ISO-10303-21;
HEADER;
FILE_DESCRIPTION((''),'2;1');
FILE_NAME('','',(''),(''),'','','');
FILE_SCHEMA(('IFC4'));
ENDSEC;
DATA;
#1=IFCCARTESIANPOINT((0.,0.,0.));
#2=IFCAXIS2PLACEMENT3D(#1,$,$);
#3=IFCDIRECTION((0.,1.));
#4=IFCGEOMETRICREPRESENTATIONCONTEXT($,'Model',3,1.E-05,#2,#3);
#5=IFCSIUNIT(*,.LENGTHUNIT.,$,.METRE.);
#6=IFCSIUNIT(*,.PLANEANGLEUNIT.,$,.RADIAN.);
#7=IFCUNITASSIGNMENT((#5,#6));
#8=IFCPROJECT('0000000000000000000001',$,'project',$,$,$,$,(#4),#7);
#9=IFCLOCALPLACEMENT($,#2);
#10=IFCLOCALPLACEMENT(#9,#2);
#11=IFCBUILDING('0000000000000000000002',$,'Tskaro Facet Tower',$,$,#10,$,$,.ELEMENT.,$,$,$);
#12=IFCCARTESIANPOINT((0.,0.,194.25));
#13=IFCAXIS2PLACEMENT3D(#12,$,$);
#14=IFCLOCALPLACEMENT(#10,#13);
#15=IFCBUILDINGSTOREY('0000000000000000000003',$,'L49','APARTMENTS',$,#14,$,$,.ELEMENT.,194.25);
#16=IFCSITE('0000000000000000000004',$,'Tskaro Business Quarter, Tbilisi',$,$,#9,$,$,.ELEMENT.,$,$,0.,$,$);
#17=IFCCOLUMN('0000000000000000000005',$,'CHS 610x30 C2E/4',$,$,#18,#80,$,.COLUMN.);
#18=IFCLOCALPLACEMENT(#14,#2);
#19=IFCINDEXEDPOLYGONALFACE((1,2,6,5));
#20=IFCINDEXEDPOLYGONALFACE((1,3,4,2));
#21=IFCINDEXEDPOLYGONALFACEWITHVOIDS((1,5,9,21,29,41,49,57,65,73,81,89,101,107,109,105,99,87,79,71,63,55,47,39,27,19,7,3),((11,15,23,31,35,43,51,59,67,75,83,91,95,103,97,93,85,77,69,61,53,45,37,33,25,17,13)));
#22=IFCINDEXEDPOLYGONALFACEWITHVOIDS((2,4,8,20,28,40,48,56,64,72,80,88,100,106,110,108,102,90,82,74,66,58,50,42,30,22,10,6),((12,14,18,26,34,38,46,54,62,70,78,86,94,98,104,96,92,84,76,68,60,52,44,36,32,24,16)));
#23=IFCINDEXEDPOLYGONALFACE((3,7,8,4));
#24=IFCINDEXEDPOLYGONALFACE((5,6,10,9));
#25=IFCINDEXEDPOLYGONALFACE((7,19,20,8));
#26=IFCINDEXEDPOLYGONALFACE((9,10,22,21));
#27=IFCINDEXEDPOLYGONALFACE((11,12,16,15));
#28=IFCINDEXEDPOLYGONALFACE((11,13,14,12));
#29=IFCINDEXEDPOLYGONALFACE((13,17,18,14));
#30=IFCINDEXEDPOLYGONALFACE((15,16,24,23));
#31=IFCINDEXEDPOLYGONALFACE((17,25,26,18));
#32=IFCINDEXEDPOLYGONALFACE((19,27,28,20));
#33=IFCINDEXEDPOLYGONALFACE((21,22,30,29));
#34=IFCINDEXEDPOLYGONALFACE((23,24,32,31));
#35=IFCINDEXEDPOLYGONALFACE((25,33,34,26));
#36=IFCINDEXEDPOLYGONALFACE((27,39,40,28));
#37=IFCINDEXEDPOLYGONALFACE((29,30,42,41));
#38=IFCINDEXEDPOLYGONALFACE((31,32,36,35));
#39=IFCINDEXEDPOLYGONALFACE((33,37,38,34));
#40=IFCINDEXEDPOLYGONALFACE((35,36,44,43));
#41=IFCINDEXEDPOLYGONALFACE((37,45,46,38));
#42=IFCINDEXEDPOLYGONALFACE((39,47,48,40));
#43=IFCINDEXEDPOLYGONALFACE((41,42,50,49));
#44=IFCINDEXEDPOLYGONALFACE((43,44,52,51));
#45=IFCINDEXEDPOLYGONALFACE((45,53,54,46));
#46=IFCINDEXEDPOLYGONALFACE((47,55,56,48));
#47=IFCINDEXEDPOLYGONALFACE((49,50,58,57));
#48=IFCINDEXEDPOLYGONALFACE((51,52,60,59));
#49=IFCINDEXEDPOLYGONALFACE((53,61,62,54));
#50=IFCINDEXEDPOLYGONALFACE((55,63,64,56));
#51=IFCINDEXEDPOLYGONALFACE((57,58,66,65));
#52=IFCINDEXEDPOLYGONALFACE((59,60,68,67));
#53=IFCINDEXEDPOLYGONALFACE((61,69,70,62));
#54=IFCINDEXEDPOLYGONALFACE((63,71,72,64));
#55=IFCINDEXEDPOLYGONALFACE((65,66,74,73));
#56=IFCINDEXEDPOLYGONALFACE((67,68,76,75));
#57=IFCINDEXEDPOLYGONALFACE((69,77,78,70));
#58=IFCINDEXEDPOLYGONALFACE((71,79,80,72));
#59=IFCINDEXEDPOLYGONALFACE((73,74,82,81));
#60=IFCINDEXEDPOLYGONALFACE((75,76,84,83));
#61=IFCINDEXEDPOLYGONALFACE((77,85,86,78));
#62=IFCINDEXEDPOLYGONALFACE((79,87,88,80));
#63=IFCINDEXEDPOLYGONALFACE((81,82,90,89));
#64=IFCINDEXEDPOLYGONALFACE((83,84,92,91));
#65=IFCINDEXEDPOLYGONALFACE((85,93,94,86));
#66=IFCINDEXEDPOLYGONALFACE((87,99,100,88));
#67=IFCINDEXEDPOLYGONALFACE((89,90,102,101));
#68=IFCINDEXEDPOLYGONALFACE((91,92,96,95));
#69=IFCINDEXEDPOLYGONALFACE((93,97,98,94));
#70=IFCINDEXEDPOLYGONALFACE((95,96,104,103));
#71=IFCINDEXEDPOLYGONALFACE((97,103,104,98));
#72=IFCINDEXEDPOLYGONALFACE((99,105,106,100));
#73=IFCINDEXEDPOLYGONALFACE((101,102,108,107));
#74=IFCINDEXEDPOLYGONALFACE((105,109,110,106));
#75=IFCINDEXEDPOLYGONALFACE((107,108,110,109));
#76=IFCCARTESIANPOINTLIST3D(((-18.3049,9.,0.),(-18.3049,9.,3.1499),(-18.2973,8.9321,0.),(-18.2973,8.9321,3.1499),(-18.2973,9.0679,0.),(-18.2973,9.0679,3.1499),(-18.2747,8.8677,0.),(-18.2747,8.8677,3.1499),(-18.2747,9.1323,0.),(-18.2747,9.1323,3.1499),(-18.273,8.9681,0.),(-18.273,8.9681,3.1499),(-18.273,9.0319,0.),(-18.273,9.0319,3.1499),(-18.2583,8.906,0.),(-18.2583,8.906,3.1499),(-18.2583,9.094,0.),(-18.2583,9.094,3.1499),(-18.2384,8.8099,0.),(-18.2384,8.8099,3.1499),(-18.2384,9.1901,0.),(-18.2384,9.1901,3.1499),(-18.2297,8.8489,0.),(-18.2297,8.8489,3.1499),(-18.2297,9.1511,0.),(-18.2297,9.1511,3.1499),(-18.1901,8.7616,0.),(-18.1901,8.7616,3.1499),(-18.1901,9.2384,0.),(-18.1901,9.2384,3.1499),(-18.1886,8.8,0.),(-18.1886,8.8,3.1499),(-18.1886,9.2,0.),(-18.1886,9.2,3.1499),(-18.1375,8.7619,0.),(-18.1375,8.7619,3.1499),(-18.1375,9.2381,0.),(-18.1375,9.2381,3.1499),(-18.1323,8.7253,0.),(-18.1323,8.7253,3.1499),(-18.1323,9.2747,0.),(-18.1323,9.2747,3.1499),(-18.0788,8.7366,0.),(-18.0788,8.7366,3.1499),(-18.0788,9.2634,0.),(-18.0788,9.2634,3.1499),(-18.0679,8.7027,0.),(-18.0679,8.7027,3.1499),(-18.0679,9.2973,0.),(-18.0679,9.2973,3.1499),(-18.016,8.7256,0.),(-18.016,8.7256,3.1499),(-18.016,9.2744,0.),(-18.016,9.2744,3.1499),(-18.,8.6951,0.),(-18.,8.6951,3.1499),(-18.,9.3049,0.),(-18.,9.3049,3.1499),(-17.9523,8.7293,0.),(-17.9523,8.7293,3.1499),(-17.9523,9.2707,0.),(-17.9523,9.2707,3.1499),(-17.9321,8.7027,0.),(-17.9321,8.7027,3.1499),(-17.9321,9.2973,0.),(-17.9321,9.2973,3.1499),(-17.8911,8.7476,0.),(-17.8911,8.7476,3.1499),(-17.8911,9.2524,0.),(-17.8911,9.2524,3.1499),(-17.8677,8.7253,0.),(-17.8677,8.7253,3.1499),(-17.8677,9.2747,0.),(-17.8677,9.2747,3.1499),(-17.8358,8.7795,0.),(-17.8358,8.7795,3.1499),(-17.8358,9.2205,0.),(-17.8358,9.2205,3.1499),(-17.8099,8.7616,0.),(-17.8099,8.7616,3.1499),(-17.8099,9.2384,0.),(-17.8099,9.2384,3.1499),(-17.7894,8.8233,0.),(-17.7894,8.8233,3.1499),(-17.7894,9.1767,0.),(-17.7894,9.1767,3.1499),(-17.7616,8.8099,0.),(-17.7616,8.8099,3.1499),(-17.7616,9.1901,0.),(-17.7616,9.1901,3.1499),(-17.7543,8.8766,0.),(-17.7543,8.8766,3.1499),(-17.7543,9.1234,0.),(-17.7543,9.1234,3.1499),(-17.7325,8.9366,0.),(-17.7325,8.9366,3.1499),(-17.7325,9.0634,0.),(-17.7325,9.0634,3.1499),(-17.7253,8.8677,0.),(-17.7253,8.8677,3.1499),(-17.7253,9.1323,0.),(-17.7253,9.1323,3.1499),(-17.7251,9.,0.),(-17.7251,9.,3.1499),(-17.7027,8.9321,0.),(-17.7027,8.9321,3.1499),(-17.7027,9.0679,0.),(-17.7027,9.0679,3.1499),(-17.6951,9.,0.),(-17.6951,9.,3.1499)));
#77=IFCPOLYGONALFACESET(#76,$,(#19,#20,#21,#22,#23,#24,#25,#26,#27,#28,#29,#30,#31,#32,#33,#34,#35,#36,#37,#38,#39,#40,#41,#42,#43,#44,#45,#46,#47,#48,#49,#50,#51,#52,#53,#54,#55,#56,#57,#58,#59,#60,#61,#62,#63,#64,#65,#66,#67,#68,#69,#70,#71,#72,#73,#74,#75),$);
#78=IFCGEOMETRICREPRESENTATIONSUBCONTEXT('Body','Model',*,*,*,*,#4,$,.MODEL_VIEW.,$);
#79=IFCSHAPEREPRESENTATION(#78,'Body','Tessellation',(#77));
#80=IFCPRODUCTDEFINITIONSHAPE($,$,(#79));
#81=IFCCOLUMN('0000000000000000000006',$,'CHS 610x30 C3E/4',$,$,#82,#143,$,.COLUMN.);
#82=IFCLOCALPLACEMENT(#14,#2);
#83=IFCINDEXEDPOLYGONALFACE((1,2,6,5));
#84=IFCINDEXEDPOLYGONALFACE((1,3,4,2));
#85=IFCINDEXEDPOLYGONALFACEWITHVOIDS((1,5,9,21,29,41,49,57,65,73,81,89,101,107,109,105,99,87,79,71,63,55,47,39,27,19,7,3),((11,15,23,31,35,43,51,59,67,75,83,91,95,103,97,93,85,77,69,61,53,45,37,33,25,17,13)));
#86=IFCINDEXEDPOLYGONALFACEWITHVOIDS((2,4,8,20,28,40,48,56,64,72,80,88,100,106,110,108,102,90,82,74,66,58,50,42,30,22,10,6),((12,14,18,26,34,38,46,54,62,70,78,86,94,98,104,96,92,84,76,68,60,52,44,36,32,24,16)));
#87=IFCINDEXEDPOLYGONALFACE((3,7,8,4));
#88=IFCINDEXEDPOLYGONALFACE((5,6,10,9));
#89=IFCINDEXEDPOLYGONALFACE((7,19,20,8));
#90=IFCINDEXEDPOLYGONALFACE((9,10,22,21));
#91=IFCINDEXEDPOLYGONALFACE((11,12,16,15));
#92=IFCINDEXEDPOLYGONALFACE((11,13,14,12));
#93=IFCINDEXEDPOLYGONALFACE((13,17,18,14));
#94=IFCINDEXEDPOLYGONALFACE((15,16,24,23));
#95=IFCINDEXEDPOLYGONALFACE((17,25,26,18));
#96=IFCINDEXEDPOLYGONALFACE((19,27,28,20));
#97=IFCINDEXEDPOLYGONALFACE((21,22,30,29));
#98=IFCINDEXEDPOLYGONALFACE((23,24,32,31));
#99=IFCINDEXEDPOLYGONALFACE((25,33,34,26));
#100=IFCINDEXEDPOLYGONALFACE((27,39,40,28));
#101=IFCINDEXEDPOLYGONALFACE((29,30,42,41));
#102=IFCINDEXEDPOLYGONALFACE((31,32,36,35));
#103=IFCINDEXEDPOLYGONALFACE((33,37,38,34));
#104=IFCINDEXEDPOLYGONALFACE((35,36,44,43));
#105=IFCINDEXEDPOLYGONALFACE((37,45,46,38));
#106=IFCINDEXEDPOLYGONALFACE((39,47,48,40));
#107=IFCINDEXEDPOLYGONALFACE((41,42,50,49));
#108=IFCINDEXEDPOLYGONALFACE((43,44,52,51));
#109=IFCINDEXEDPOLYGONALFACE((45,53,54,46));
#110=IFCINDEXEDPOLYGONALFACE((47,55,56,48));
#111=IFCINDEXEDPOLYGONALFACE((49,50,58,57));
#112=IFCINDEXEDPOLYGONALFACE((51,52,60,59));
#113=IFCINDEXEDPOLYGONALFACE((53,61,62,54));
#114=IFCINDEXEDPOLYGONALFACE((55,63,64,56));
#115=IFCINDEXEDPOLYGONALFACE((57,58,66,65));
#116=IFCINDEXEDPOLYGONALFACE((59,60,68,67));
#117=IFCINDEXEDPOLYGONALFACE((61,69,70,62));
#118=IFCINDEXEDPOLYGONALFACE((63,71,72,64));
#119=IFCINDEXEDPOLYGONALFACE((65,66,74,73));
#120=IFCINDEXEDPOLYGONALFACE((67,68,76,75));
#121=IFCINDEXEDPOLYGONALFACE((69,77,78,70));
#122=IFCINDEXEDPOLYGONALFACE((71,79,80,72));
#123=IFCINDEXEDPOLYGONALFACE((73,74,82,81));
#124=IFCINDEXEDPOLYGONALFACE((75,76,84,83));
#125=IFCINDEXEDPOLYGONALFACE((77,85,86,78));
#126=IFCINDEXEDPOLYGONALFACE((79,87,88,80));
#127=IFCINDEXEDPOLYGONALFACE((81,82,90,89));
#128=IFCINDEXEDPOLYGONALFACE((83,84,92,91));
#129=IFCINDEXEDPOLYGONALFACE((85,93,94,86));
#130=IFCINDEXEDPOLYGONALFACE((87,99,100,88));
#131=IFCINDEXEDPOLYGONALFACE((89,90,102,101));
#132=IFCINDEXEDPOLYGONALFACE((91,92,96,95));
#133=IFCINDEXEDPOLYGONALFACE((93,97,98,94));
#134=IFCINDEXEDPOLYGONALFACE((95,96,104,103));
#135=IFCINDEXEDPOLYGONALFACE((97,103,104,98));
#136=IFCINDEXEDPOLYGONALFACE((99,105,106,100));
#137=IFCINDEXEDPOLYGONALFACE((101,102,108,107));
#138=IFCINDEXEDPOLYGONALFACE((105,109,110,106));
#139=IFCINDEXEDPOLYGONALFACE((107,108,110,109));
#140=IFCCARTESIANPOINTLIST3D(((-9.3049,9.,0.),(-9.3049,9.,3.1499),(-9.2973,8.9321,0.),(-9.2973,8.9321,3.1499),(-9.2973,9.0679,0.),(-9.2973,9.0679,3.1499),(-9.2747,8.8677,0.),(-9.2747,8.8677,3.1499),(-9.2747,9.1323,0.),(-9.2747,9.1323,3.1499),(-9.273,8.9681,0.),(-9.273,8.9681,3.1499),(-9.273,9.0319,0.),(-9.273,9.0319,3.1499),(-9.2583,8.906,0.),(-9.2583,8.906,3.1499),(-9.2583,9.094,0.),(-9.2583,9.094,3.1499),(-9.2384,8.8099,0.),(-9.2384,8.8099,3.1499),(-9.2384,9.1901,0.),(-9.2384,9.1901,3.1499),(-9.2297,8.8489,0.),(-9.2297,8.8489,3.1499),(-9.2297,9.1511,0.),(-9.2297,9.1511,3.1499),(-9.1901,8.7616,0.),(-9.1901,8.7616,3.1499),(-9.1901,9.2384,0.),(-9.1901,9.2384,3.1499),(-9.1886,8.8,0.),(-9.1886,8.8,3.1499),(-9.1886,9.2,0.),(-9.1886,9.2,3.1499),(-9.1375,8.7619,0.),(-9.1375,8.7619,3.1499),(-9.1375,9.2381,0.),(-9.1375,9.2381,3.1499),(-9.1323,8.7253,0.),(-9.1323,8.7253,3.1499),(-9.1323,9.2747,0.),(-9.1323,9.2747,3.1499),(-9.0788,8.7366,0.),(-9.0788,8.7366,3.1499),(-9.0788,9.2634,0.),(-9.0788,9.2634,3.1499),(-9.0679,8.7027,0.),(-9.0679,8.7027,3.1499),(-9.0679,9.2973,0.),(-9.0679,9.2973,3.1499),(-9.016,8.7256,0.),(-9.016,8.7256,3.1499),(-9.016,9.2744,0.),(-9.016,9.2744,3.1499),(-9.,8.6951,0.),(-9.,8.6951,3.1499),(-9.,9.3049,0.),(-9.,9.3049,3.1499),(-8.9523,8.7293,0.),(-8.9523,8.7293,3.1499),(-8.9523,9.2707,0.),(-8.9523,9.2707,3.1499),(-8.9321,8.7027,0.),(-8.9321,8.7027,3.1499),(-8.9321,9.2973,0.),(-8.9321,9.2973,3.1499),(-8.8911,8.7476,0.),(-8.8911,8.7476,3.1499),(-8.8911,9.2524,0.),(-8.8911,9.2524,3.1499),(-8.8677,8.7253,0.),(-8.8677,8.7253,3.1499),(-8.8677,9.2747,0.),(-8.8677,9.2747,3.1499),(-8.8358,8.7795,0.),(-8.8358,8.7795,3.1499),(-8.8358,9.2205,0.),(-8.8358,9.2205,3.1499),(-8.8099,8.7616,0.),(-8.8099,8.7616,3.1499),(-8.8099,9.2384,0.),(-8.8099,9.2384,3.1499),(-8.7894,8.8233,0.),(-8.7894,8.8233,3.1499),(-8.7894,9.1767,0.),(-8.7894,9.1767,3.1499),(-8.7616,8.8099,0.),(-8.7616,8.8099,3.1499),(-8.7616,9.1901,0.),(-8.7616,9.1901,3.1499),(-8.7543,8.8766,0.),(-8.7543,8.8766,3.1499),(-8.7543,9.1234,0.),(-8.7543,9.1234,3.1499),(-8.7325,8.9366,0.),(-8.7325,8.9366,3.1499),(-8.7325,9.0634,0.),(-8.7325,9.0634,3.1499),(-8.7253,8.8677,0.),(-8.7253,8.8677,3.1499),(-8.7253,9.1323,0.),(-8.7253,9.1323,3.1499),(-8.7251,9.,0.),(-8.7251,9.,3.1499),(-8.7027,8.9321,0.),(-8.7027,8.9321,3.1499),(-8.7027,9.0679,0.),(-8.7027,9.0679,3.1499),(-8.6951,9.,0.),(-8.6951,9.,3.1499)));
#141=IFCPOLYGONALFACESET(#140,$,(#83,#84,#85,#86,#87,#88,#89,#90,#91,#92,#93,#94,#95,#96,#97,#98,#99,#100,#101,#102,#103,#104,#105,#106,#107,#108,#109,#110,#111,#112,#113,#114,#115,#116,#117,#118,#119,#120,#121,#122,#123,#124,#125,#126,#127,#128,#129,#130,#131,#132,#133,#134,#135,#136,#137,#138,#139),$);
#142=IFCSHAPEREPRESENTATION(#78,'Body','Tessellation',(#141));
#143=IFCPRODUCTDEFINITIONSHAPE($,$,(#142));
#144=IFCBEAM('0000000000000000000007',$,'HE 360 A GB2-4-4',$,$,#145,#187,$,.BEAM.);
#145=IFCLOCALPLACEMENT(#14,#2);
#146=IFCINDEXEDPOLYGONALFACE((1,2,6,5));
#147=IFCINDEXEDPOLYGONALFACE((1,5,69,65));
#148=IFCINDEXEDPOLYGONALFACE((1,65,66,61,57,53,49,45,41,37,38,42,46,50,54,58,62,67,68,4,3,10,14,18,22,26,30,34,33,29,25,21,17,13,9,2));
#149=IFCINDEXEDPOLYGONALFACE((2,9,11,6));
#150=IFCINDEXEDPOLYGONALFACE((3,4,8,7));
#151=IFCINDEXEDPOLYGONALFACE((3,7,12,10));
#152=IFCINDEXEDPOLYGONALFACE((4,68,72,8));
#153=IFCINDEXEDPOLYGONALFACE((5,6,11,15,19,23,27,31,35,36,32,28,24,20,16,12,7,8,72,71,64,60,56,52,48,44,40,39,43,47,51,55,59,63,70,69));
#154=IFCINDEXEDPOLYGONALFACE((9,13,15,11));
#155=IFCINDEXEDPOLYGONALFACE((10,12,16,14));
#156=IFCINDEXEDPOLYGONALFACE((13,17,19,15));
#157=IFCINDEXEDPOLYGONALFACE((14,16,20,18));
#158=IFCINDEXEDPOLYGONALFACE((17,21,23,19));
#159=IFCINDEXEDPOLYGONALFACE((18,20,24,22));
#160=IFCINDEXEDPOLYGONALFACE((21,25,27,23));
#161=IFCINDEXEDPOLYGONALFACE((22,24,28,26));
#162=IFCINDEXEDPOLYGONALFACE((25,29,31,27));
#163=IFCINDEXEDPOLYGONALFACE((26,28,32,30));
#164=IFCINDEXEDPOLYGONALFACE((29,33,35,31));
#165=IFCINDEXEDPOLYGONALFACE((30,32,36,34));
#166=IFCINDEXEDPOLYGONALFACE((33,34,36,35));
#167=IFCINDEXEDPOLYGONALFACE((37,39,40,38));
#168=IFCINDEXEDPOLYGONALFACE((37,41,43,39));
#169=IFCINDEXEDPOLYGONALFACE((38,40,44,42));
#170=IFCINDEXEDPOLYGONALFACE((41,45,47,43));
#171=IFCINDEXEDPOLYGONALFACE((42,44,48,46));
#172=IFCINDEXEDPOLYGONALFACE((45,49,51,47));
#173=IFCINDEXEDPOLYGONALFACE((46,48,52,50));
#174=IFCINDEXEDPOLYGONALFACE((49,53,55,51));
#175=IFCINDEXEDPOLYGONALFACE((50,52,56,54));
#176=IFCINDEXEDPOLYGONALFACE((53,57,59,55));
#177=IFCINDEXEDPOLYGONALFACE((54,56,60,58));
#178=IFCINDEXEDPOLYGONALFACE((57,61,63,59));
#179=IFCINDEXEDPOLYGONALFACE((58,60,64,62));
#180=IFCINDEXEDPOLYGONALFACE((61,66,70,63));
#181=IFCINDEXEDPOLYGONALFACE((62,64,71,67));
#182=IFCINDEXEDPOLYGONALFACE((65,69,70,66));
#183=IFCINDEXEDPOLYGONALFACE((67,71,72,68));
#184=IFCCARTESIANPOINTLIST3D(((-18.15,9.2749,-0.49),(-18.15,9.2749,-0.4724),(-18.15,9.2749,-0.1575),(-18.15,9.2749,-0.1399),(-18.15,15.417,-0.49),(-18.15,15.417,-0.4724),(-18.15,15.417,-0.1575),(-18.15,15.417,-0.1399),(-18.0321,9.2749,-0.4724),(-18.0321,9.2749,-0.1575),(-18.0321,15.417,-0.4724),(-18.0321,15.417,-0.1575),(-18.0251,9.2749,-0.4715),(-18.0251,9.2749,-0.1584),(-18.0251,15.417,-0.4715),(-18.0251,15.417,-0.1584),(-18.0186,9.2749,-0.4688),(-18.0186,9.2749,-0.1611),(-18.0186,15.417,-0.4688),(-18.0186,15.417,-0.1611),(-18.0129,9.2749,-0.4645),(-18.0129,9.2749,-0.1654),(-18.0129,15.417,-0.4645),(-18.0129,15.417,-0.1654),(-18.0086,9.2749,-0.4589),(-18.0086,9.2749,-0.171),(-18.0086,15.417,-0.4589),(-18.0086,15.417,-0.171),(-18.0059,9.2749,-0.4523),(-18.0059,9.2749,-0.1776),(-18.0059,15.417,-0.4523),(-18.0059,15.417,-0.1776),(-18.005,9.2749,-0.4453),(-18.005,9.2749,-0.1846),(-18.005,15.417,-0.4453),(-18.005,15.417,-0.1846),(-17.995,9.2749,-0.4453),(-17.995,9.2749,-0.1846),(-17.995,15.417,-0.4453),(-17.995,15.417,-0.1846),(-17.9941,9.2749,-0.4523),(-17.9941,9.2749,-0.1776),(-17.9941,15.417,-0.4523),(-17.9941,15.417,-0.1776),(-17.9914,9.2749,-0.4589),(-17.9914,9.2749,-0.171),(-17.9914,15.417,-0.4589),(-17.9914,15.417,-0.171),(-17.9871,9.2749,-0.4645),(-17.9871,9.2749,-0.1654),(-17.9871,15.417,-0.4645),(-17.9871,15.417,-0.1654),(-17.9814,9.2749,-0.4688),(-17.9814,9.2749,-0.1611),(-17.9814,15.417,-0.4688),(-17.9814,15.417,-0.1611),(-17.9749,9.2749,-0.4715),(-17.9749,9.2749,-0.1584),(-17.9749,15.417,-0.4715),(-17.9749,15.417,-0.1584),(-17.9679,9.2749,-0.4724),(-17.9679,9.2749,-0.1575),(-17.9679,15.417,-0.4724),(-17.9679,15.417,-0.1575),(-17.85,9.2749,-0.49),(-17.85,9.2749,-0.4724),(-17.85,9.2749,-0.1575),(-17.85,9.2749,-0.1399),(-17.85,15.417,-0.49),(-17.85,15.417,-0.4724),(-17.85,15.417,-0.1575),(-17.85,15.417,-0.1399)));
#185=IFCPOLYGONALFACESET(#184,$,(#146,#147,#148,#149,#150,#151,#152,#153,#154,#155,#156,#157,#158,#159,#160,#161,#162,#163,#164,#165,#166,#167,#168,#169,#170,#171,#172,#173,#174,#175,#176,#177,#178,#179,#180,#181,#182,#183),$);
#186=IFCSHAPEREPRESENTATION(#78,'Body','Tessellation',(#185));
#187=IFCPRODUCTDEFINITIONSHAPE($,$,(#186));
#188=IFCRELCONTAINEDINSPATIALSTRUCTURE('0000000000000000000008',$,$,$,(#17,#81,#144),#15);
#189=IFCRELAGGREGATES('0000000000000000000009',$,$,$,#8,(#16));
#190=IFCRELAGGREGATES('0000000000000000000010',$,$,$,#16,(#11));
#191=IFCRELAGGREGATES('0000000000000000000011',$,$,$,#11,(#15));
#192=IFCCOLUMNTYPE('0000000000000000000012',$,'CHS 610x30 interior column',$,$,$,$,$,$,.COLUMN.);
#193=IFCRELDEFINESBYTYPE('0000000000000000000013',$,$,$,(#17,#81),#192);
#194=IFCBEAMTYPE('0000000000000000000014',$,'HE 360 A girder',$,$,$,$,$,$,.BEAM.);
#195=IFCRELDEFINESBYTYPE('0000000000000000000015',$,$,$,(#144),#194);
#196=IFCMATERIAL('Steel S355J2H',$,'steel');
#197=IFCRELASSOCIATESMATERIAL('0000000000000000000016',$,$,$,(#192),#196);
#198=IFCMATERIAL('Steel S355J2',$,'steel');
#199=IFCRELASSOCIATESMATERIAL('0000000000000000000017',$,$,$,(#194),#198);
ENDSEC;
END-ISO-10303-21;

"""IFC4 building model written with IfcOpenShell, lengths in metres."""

from ifc_helpers import new_model, si_unit, direction, frame, origin, origin_2d, place, context, subcontext, project, spatial, hollow_circle, i_section, extrude, material, material_profile, profile_set, type_object, element, save


model = new_model("IFC4")

# Units and contexts
model_context = context("Model", 3, precision=1e-05, world=origin(), true_north=direction((0.0, 1.0)))
body_context = subcontext(model_context, "Body", "Model", "MODEL_VIEW")
ifc_project = project(units=[si_unit("LENGTHUNIT", "METRE"), si_unit("PLANEANGLEUNIT", "RADIAN")], contexts=[model_context])

# Site, building, storey
site_placement = place(None, origin())
site = spatial("IfcSite", under=ifc_project, at=site_placement, Name="Tskaro Business Quarter, Tbilisi", CompositionType="ELEMENT", RefElevation=0.0)
building_placement = place(site_placement, origin())
building = spatial("IfcBuilding", under=site, at=building_placement, Name="Tskaro Facet Tower", CompositionType="ELEMENT")
storey_placement = place(building_placement, frame((0.0, 0.0, 194.25)))
storey = spatial("IfcBuildingStorey", under=building, at=storey_placement, Name="L49", Description="APARTMENTS", CompositionType="ELEMENT", Elevation=194.25)

# Columns
ifc_material_1 = material(Name="Steel S355J2H", Category="steel")
ifc_material_profile_1 = material_profile(ifc_material_1, hollow_circle(Radius=0.3049, WallThickness=0.03, at=origin_2d()), Name="CHS 610x30")
ifc_profile_set_1 = profile_set([ifc_material_profile_1], Name="Steel S355J2H")
column_type = type_object("IfcColumnType", Name="CHS 610x30 interior column", PredefinedType="COLUMN", material=ifc_profile_set_1)
for number, where, z_axis, x_axis, name in (
    (1, (-18.0, 9.0, 0.0), (0.0, 0.0, 1.0), (1.0, 0.0, 0.0), "CHS 610x30 C2E/4"),
    (2, (-9.0, 9.0, 0.0), (0.0, 0.0, 1.0), (1.0, 0.0, 0.0), "CHS 610x30 C3E/4"),
):
    element("IfcColumn", number, at=place(storey_placement, frame(where, z_axis=z_axis, x_axis=x_axis)), inside=storey, type_object=column_type, Name=name, PredefinedType="COLUMN", context=body_context, shape_type="SweptSolid", body=[
        extrude(hollow_circle(Radius=0.3049, WallThickness=0.03, at=origin_2d()), origin(), (0.0, 0.0, 1.0), 3.1499),
    ])

# Beam
ifc_material_2 = material(Name="Steel S355J2", Category="steel")
ifc_material_profile_2 = material_profile(ifc_material_2, i_section(OverallWidth=0.3, OverallDepth=0.3501, WebThickness=0.01, FlangeThickness=0.0176, FilletRadius=0.0271, at=origin_2d()), Name="HE 360 A")
ifc_profile_set_2 = profile_set([ifc_material_profile_2], Name="Steel S355J2")
beam_type_1 = type_object("IfcBeamType", Name="HE 360 A girder", PredefinedType="BEAM", material=ifc_profile_set_2)
beam_1_placement = place(storey_placement, frame((-18.0, 9.2749, -0.3149), z_axis=(0.0, 1.0, 0.0), x_axis=(-1.0, 0.0, 0.0)))
element("IfcBeam", 3, at=beam_1_placement, inside=storey, type_object=beam_type_1, Name="HE 360 A GB2-4-4", PredefinedType="BEAM", context=body_context, shape_type="SweptSolid", body=[
    extrude(i_section(OverallWidth=0.3, OverallDepth=0.3501, WebThickness=0.01, FlangeThickness=0.0176, FilletRadius=0.0271, at=origin_2d()), origin(), (0.0, 0.0, 1.0), 6.1421),
])

save(model, "model.ifc")
